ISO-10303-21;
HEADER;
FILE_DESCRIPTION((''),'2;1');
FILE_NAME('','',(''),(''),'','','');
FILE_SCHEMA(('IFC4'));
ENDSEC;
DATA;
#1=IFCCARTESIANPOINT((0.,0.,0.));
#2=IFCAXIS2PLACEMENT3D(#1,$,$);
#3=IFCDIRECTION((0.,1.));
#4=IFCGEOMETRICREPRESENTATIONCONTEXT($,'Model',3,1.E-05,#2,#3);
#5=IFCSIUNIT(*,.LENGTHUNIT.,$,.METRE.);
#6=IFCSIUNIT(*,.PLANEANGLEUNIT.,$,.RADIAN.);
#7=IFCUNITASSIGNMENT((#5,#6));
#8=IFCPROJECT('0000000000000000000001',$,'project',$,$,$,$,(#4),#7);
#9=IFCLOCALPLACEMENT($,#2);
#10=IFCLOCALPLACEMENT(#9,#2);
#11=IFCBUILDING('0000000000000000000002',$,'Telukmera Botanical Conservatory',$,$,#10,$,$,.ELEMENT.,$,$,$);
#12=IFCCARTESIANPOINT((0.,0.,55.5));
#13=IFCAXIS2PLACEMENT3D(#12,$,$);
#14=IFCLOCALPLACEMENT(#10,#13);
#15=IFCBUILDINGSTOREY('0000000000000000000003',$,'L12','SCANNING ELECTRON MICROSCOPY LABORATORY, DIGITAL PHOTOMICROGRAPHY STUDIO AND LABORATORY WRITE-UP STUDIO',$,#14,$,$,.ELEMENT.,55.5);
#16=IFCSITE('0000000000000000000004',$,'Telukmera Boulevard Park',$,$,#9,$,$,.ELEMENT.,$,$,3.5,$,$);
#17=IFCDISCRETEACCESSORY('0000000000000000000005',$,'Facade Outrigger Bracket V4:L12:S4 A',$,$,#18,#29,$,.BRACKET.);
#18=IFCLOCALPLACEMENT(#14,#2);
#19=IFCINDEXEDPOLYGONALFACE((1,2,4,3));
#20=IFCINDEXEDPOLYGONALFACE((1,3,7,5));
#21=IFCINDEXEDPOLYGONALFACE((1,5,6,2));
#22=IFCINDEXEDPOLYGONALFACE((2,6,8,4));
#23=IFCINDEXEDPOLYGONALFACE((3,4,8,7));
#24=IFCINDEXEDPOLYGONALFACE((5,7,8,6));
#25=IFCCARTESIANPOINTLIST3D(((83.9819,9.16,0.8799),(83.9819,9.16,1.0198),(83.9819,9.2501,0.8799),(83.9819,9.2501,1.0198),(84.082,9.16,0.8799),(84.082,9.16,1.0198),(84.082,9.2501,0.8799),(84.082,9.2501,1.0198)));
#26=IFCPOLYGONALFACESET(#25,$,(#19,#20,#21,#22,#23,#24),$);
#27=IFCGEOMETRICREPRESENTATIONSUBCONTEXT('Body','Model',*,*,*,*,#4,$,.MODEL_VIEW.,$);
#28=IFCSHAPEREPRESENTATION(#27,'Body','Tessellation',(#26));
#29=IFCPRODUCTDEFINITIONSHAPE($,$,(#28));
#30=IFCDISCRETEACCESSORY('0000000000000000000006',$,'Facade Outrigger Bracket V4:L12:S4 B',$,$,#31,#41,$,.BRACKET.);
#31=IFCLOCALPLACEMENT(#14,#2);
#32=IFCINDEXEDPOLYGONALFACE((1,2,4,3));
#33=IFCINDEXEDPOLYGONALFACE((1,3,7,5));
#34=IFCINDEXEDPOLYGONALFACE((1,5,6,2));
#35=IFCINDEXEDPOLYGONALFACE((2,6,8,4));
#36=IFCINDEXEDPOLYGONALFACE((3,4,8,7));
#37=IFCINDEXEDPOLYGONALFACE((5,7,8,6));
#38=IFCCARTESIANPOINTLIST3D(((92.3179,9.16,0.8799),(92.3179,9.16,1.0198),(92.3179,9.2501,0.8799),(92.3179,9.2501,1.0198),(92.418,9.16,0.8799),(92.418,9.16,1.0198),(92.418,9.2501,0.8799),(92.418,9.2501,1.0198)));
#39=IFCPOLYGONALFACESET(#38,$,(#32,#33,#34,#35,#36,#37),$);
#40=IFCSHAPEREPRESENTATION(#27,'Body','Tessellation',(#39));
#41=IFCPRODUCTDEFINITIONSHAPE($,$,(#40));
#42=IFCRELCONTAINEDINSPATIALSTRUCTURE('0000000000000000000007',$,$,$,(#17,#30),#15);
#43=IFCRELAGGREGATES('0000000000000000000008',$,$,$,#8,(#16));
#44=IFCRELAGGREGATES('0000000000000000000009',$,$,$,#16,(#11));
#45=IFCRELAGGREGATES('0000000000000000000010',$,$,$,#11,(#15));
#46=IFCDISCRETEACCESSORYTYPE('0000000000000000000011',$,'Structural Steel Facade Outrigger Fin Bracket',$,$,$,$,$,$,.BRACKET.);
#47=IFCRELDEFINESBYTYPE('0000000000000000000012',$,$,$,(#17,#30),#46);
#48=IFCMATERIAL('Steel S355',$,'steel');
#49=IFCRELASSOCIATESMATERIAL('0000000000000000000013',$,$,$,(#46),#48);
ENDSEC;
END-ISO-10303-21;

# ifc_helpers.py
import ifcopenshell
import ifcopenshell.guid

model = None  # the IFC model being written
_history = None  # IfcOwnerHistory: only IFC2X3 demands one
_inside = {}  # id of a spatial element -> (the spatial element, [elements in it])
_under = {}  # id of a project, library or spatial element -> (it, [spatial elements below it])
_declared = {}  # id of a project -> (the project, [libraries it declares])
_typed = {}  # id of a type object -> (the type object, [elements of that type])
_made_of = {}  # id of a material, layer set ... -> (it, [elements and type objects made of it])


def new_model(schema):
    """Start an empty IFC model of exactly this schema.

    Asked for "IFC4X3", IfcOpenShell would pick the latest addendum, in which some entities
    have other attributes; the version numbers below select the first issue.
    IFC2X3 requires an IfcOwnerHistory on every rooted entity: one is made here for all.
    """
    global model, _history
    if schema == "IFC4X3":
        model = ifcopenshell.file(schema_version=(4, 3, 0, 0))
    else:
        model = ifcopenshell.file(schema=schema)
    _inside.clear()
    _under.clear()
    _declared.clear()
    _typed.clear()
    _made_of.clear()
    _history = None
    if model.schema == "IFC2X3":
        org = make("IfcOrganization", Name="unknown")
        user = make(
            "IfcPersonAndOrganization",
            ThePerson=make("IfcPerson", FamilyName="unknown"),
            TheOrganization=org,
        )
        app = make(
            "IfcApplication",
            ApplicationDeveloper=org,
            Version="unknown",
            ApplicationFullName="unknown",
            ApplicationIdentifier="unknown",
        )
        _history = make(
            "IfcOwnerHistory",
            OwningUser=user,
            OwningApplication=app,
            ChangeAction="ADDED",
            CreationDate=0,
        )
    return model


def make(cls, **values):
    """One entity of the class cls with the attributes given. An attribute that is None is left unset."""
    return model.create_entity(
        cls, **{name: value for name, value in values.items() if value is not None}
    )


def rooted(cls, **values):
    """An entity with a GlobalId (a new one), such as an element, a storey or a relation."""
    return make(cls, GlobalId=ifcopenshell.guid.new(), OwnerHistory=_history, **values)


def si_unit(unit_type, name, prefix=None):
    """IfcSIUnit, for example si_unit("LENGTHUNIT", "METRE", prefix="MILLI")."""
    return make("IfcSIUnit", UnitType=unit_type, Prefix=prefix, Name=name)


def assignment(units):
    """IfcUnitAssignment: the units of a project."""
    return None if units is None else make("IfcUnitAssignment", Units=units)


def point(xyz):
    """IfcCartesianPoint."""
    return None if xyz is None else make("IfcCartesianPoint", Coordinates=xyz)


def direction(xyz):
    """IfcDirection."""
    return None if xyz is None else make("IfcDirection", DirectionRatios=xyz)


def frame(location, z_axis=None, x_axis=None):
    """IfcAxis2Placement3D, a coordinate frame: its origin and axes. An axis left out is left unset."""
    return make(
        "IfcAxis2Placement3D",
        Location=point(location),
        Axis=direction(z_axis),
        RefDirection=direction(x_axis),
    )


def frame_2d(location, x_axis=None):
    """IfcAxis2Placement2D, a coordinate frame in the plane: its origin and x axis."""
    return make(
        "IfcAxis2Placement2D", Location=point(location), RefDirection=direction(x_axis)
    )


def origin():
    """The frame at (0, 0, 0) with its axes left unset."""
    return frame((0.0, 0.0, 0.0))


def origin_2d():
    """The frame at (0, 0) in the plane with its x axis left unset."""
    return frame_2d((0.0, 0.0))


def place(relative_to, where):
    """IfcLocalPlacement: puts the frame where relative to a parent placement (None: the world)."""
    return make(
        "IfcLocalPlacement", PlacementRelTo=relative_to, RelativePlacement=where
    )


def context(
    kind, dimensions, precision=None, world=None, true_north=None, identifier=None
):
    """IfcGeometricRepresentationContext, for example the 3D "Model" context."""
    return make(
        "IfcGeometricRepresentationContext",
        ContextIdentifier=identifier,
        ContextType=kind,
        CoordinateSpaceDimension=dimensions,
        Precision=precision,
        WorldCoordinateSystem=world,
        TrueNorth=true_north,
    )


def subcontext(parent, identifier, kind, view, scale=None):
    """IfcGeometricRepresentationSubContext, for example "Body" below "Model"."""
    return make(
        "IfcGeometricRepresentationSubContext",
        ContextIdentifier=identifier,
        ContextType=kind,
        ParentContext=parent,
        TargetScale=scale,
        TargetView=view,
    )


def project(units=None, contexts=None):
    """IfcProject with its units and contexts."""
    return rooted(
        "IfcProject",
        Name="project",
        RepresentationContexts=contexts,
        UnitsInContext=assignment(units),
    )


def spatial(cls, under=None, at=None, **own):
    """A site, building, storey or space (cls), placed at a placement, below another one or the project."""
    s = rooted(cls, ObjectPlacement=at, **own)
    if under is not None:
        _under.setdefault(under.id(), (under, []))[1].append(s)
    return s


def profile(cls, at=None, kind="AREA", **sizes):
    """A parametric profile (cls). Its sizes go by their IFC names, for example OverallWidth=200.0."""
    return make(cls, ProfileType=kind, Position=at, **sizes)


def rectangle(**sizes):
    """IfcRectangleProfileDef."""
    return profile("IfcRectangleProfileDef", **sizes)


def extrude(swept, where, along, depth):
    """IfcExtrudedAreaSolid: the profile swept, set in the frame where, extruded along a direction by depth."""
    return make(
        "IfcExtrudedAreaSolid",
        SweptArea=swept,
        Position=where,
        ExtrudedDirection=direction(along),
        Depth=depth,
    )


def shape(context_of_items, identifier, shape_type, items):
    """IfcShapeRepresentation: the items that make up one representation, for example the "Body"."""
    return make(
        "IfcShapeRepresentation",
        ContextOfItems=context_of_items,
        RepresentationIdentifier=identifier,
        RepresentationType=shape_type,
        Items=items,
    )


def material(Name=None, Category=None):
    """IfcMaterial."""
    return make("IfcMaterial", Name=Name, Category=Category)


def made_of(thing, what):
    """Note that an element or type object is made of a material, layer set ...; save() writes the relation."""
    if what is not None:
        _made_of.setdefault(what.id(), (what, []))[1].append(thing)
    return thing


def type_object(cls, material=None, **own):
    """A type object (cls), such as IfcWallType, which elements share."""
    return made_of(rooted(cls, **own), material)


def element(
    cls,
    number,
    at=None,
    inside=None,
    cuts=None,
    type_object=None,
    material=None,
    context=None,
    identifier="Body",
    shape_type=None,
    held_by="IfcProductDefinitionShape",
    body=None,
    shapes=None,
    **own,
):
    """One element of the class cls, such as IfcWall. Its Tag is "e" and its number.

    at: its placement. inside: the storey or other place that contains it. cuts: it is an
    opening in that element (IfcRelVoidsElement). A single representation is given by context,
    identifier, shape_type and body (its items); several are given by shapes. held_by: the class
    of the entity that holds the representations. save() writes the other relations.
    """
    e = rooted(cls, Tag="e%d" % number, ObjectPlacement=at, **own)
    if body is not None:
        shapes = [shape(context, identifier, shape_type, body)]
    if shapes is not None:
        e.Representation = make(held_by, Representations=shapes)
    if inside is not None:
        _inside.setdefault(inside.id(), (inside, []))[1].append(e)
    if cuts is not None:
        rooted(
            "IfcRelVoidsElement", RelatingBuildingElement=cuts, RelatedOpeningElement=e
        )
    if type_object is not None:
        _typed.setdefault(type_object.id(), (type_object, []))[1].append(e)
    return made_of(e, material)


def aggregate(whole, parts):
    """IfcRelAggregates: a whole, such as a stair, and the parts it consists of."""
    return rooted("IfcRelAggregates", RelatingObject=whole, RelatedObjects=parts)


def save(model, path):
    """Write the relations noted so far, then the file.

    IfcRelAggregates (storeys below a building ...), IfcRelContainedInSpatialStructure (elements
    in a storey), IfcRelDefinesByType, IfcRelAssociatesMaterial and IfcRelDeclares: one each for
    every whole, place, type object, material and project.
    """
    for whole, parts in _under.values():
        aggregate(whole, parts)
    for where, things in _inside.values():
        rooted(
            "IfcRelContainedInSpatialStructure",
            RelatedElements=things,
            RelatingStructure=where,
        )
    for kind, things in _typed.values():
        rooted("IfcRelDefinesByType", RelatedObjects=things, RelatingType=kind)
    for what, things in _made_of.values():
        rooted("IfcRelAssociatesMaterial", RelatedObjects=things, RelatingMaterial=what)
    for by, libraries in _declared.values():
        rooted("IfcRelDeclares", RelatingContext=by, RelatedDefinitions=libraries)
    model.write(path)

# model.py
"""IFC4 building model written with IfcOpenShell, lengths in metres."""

from ifc_helpers import new_model, si_unit, direction, frame, origin, origin_2d, place, context, subcontext, project, spatial, rectangle, extrude, material, type_object, element, save


model = new_model("IFC4")

# Units and contexts
model_context = context("Model", 3, precision=1e-05, world=origin(), true_north=direction((0.0, 1.0)))
body_context = subcontext(model_context, "Body", "Model", "MODEL_VIEW")
ifc_project = project(units=[si_unit("LENGTHUNIT", "METRE"), si_unit("PLANEANGLEUNIT", "RADIAN")], contexts=[model_context])

# Site, building, storey
site_placement = place(None, origin())
site = spatial("IfcSite", under=ifc_project, at=site_placement, Name="Telukmera Boulevard Park", CompositionType="ELEMENT", RefElevation=3.5)
building_placement = place(site_placement, origin())
building = spatial("IfcBuilding", under=site, at=building_placement, Name="Telukmera Botanical Conservatory", CompositionType="ELEMENT")
storey_placement = place(building_placement, frame((0.0, 0.0, 55.5)))
storey = spatial("IfcBuildingStorey", under=building, at=storey_placement, Name="L12", Description="SCANNING ELECTRON MICROSCOPY LABORATORY, DIGITAL PHOTOMICROGRAPHY STUDIO AND LABORATORY WRITE-UP STUDIO", CompositionType="ELEMENT", Elevation=55.5)

# Discrete accessories
ifc_material_1 = material(Name="Steel S355", Category="steel")
discrete_accessory_type = type_object("IfcDiscreteAccessoryType", Name="Structural Steel Facade Outrigger Fin Bracket", PredefinedType="BRACKET", material=ifc_material_1)
for number, where, z_axis, x_axis, name in (
    (1, (84.032, 9.2051, 0.8799), (0.0, 0.0, 1.0), (1.0, 0.0, 0.0), "Facade Outrigger Bracket V4:L12:S4 A"),
    (2, (92.3679, 9.2051, 0.8799), (0.0, 0.0, 1.0), (1.0, 0.0, 0.0), "Facade Outrigger Bracket V4:L12:S4 B"),
):
    element("IfcDiscreteAccessory", number, at=place(storey_placement, frame(where, z_axis=z_axis, x_axis=x_axis)), inside=storey, type_object=discrete_accessory_type, Name=name, PredefinedType="BRACKET", context=body_context, shape_type="SweptSolid", body=[
        extrude(rectangle(XDim=0.1001, YDim=0.0901, at=origin_2d()), origin(), (0.0, 0.0, 1.0), 0.1399),
    ])

save(model, "model.ifc")
